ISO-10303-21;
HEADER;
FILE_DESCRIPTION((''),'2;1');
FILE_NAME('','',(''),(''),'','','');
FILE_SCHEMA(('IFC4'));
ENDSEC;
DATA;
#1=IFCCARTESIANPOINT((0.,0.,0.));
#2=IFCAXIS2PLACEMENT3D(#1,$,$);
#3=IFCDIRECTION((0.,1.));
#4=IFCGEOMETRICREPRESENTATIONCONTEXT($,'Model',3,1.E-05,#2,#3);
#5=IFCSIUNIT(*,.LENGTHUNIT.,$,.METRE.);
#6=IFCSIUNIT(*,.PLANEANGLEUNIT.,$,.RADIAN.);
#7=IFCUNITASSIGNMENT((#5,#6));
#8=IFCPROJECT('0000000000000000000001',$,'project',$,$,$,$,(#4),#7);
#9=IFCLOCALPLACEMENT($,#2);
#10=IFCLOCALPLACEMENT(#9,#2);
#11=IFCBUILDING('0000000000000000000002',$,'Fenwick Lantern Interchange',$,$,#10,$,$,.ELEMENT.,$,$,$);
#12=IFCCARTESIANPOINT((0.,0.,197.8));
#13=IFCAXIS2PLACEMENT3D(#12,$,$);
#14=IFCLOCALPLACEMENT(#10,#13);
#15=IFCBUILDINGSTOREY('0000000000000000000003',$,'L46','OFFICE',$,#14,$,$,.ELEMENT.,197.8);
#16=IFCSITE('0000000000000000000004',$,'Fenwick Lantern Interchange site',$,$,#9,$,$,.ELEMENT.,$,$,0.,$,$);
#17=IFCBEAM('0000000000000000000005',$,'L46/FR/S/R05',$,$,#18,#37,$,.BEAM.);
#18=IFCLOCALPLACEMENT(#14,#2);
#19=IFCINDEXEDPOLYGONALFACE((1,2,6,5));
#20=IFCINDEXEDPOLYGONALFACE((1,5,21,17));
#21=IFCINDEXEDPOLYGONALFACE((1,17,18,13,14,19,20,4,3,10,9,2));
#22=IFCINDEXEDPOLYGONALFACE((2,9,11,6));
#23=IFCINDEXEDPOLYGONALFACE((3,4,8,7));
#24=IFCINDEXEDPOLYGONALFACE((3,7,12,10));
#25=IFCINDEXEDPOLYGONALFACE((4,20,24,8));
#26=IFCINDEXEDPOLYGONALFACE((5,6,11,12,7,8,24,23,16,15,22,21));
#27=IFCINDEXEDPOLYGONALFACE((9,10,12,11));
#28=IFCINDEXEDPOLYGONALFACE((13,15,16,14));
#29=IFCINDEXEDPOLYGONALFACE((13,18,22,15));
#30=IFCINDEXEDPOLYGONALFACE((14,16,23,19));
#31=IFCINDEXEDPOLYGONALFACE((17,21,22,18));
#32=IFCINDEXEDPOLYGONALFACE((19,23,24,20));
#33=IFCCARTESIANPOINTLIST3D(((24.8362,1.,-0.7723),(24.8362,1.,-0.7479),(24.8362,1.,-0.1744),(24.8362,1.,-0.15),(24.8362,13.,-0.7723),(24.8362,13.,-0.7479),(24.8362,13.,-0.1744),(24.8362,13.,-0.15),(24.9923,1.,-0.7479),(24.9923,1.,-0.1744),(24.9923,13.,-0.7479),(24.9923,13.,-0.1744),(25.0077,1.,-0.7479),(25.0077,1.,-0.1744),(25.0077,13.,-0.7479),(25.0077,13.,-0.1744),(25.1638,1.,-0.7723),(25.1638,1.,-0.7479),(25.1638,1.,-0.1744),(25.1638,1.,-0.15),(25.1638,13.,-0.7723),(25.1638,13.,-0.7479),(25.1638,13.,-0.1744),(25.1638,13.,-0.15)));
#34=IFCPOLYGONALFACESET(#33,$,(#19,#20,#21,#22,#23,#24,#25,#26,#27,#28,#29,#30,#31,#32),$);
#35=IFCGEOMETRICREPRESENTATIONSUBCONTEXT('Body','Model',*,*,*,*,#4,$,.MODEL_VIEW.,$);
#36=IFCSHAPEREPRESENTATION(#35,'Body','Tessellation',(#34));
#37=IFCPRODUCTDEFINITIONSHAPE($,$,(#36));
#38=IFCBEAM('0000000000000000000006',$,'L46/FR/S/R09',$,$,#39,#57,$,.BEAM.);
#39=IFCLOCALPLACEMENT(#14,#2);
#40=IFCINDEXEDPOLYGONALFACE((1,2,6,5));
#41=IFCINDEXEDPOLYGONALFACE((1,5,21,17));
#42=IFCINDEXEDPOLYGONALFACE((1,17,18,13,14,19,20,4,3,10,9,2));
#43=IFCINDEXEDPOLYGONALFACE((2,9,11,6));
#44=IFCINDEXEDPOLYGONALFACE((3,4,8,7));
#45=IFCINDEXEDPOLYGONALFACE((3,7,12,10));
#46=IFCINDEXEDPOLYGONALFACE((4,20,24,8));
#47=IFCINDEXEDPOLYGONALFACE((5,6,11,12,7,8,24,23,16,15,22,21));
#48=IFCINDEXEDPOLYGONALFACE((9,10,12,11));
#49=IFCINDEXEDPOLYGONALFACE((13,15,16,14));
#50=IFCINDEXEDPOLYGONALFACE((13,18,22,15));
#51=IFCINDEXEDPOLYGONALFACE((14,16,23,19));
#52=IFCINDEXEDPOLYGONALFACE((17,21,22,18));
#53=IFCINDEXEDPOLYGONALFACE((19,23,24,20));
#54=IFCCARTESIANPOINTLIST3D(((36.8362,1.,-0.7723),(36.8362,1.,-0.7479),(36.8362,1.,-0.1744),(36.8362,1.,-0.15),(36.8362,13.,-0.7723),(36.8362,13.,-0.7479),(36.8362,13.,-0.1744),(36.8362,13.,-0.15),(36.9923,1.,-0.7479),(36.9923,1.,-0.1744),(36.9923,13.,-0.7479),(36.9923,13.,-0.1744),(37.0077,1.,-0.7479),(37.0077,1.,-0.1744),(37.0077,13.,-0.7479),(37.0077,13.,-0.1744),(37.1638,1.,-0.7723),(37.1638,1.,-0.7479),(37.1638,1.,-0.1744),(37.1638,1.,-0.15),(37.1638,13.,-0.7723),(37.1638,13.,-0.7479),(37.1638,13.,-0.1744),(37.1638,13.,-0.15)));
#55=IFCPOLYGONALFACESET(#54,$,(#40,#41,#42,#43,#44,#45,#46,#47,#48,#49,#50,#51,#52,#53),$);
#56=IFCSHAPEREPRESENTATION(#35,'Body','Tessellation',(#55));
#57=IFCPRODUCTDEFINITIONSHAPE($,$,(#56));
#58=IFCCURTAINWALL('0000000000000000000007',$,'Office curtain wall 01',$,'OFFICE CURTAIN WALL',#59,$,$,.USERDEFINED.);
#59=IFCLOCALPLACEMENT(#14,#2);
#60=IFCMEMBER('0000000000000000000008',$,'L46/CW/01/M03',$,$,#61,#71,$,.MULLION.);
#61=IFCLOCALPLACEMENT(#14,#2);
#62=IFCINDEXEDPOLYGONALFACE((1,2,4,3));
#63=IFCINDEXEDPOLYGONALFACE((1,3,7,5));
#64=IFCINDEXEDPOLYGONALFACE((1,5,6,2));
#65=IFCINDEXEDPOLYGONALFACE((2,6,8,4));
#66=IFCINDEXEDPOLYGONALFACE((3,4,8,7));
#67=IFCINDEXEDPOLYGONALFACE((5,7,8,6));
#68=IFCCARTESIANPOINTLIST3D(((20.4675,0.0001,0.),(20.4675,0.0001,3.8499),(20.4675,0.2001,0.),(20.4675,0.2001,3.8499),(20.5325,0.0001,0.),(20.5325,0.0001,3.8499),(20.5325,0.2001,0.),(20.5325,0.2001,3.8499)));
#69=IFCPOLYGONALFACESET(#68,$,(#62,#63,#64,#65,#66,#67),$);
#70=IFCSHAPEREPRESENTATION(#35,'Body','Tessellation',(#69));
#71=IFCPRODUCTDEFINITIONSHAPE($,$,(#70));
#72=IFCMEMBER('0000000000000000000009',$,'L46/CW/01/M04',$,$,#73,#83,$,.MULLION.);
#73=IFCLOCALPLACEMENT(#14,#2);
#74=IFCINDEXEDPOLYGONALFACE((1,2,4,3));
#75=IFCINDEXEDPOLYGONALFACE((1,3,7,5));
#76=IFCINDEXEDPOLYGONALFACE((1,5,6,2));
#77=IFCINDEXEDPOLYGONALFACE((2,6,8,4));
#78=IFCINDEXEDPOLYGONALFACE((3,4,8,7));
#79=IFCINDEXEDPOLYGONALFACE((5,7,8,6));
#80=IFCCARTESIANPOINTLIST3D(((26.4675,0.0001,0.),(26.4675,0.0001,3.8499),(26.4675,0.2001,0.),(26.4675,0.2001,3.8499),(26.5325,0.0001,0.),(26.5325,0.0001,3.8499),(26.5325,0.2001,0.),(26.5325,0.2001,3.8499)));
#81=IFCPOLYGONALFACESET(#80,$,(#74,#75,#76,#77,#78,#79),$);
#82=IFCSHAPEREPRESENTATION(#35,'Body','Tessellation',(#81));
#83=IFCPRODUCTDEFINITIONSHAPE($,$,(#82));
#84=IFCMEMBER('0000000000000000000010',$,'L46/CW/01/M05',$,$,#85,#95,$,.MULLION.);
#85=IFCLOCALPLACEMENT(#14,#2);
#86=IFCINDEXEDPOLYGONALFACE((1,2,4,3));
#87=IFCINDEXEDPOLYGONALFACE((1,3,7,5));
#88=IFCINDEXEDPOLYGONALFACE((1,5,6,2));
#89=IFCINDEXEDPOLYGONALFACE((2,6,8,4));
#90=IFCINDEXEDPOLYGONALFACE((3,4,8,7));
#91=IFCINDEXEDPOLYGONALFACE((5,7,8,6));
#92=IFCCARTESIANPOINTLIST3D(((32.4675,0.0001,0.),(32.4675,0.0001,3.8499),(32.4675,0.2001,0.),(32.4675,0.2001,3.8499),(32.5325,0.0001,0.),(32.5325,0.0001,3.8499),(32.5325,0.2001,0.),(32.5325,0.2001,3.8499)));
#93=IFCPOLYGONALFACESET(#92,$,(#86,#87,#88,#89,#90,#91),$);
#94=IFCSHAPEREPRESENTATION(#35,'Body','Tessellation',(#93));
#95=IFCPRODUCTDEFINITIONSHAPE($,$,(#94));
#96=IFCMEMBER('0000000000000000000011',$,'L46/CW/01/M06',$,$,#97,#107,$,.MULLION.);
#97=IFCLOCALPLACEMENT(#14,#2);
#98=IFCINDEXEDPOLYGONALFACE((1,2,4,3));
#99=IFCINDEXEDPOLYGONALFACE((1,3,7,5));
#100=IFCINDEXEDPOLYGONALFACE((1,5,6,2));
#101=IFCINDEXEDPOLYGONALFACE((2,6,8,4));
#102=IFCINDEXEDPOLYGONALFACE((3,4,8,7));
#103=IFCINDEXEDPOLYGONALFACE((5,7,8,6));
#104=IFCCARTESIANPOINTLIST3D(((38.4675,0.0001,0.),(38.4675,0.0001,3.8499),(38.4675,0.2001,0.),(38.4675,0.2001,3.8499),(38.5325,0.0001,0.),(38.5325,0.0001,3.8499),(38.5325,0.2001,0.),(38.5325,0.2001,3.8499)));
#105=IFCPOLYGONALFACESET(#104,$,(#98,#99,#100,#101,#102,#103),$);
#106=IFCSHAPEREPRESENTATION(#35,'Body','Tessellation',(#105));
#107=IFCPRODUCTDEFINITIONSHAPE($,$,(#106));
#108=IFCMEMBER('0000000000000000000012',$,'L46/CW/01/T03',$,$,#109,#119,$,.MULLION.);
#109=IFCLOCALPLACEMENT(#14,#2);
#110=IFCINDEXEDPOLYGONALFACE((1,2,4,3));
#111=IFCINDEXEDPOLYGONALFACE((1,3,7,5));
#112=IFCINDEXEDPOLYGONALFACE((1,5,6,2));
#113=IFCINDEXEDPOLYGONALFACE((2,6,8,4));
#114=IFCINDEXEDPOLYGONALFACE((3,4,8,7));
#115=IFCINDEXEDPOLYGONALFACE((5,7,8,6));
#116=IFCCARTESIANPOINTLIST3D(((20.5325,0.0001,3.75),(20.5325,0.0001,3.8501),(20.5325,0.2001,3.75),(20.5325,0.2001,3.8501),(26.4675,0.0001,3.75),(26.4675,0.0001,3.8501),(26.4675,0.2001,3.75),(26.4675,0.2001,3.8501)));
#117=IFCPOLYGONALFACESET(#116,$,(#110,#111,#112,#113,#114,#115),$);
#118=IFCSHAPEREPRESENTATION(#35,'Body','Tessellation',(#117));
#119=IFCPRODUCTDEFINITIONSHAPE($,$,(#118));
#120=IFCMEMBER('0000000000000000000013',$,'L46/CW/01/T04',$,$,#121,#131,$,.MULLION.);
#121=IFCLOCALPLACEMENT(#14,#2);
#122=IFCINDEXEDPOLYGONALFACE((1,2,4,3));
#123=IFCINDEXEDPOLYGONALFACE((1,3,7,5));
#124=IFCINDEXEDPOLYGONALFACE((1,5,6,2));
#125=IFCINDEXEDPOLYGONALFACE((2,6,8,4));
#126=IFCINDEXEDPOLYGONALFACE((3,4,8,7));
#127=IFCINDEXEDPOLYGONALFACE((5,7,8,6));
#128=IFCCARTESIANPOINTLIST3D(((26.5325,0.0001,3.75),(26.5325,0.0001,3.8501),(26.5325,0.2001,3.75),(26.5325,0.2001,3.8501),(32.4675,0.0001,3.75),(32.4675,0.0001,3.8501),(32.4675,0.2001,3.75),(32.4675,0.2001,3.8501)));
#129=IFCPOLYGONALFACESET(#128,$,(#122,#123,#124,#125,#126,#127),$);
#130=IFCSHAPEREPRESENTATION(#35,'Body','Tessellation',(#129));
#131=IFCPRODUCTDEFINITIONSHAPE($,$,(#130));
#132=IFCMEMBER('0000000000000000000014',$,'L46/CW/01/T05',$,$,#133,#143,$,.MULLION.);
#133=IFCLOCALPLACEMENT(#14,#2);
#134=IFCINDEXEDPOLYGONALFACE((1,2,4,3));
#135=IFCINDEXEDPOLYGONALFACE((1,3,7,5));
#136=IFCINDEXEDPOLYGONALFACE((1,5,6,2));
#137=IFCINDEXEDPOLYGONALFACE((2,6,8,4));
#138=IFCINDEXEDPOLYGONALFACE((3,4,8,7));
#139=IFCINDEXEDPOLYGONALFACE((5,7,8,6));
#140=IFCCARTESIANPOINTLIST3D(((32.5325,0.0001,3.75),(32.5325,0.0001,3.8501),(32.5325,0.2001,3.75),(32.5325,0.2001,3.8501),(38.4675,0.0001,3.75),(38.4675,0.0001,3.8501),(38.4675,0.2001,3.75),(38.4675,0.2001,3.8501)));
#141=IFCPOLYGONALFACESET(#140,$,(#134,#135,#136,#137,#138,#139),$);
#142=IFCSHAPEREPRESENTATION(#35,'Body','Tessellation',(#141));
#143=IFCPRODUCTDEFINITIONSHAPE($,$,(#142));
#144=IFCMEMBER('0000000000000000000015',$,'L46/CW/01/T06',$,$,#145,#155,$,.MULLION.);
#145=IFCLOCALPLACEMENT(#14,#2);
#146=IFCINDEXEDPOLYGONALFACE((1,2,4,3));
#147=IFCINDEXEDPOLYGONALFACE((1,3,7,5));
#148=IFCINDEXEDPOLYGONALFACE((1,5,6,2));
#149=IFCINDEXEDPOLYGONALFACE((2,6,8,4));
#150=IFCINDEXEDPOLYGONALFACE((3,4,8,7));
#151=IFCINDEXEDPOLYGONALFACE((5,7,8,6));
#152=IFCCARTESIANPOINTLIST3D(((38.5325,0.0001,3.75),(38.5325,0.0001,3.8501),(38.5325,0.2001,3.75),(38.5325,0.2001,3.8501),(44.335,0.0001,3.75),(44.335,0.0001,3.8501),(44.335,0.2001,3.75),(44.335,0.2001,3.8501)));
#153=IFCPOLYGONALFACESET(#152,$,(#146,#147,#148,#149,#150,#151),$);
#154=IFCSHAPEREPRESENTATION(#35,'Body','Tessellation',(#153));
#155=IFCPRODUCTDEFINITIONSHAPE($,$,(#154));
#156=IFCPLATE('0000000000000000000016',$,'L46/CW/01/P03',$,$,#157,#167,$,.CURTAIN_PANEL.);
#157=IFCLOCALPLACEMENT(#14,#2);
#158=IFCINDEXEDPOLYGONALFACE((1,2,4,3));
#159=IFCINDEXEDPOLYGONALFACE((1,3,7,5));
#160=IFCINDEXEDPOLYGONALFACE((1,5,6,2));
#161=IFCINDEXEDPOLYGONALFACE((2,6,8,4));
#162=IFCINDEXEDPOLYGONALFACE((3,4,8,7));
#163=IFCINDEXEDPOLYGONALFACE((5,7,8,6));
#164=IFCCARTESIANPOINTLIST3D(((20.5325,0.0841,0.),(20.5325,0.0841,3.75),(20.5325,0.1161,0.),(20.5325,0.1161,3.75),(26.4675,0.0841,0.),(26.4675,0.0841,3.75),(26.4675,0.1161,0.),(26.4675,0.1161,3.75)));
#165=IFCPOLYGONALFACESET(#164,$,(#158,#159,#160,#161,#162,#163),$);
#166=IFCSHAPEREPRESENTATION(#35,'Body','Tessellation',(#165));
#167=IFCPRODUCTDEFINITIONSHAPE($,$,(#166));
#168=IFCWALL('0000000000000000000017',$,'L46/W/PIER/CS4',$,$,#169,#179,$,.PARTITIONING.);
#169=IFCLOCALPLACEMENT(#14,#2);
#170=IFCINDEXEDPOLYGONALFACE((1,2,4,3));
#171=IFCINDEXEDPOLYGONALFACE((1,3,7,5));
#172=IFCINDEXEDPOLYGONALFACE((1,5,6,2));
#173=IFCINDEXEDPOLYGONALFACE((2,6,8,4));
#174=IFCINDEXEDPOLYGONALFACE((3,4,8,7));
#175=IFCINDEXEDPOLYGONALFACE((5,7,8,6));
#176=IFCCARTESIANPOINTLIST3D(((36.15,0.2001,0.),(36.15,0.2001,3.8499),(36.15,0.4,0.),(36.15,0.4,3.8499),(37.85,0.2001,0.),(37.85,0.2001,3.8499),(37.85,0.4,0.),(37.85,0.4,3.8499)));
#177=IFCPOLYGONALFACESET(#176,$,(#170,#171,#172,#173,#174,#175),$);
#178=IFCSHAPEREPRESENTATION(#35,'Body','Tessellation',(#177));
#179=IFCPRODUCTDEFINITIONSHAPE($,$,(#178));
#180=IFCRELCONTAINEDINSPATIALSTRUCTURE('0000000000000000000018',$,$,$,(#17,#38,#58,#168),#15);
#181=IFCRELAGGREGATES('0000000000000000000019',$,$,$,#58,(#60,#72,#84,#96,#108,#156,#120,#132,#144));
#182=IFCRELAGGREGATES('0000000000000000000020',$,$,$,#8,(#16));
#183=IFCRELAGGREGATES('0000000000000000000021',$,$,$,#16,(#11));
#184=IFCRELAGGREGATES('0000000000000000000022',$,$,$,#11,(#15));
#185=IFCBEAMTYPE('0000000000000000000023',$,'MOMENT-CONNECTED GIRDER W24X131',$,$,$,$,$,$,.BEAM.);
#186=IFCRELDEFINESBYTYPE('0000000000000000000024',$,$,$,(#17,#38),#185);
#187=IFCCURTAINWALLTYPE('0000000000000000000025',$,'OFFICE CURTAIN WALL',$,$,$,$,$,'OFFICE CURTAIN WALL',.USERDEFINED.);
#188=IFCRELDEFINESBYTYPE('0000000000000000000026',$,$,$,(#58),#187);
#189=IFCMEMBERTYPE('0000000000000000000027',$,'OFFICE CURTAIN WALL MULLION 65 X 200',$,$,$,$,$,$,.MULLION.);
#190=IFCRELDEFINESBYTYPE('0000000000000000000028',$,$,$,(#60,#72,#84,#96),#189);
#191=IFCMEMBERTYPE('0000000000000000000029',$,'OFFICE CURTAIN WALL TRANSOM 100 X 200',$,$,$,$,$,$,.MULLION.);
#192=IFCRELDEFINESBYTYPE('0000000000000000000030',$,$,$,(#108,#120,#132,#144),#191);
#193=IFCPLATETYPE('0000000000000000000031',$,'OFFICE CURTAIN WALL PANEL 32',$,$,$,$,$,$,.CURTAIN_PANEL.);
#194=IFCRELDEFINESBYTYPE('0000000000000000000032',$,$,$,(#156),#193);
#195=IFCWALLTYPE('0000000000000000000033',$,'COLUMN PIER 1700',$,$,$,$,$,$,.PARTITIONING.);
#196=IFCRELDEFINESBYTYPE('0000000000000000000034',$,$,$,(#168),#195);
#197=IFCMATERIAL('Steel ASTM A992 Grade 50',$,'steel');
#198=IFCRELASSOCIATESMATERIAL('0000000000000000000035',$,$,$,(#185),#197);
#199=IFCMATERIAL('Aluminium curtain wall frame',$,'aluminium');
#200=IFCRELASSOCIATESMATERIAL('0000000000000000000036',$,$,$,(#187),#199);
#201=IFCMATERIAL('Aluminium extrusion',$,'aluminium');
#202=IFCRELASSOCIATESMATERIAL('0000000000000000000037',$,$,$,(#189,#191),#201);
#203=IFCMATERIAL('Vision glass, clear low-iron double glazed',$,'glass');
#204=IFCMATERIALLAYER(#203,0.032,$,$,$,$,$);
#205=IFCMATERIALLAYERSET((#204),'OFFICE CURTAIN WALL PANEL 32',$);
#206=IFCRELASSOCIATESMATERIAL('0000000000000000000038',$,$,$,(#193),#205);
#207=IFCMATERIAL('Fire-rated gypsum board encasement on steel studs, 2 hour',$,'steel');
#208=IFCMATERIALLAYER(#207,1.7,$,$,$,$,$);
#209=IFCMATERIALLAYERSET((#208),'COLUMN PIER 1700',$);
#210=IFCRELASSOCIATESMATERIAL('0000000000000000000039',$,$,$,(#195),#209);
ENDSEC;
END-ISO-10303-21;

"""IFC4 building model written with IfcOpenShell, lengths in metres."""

from ifc_helpers import new_model, si_unit, direction, frame, frame_2d, origin, origin_2d, place, context, subcontext, project, spatial, rectangle, i_section, extrude, material, layer, layer_set, material_profile, profile_set, type_object, element, aggregate, save


model = new_model("IFC4")

# Units and contexts
model_context = context("Model", 3, precision=1e-05, world=origin(), true_north=direction((0.0, 1.0)))
body_context = subcontext(model_context, "Body", "Model", "MODEL_VIEW")
ifc_project = project(units=[si_unit("LENGTHUNIT", "METRE"), si_unit("PLANEANGLEUNIT", "RADIAN")], contexts=[model_context])

# Site, building, storey
site_placement = place(None, origin())
site = spatial("IfcSite", under=ifc_project, at=site_placement, Name="Fenwick Lantern Interchange site", CompositionType="ELEMENT", RefElevation=0.0)
building_placement = place(site_placement, origin())
building = spatial("IfcBuilding", under=site, at=building_placement, Name="Fenwick Lantern Interchange", CompositionType="ELEMENT")
storey_placement = place(building_placement, frame((0.0, 0.0, 197.8)))
storey = spatial("IfcBuildingStorey", under=building, at=storey_placement, Name="L46", Description="OFFICE", CompositionType="ELEMENT", Elevation=197.8)

# Beams
ifc_material_1 = material(Name="Steel ASTM A992 Grade 50", Category="steel")
ifc_material_profile_1 = material_profile(ifc_material_1, i_section(OverallWidth=0.3276, OverallDepth=0.6223, WebThickness=0.0154, FlangeThickness=0.0244, at=origin_2d()), Name="W24X131")
ifc_profile_set_1 = profile_set([ifc_material_profile_1], Name="Steel ASTM A992 Grade 50")
beam_type_1 = type_object("IfcBeamType", Name="MOMENT-CONNECTED GIRDER W24X131", PredefinedType="BEAM", material=ifc_profile_set_1)
for number, where, z_axis, x_axis, name in (
    (1, (25.0, 1.0, -0.4612), (0.0, 1.0, 0.0), (-1.0, 0.0, 0.0), "L46/FR/S/R05"),
    (2, (37.0, 1.0, -0.4612), (0.0, 1.0, 0.0), (-1.0, 0.0, 0.0), "L46/FR/S/R09"),
):
    element("IfcBeam", number, at=place(storey_placement, frame(where, z_axis=z_axis, x_axis=x_axis)), inside=storey, type_object=beam_type_1, Name=name, PredefinedType="BEAM", context=body_context, shape_type="SweptSolid", body=[
        extrude(i_section(OverallWidth=0.3276, OverallDepth=0.6223, WebThickness=0.0154, FlangeThickness=0.0244, at=origin_2d()), origin(), (0.0, 0.0, 1.0), 12.0),
    ])

# Curtain wall, members, plate
ifc_material_2 = material(Name="Aluminium curtain wall frame", Category="aluminium")
curtain_wall_type = type_object("IfcCurtainWallType", Name="OFFICE CURTAIN WALL", ElementType="OFFICE CURTAIN WALL", PredefinedType="USERDEFINED", material=ifc_material_2)
curtain_wall_placement = place(storey_placement, origin())
curtain_wall = element("IfcCurtainWall", 3, at=curtain_wall_placement, inside=storey, type_object=curtain_wall_type, Name="Office curtain wall 01", ObjectType="OFFICE CURTAIN WALL", PredefinedType="USERDEFINED")
ifc_material_3 = material(Name="Aluminium extrusion", Category="aluminium")
ifc_material_profile_2 = material_profile(ifc_material_3, rectangle(XDim=0.2, YDim=0.0649, at=origin_2d()), Name="OFFICE CURTAIN WALL MULLION 65 X 200")
ifc_profile_set_2 = profile_set([ifc_material_profile_2], Name="Aluminium extrusion")
member_type_1 = type_object("IfcMemberType", Name="OFFICE CURTAIN WALL MULLION 65 X 200", PredefinedType="MULLION", material=ifc_profile_set_2)
member_1_placement = place(storey_placement, frame((20.5, 0.1001, 0.0), z_axis=(0.0, 0.0, 1.0), x_axis=(0.0, 1.0, 0.0)))
member_1 = element("IfcMember", 4, at=member_1_placement, type_object=member_type_1, Name="L46/CW/01/M03", PredefinedType="MULLION", context=body_context, shape_type="SweptSolid", body=[
    extrude(rectangle(XDim=0.2, YDim=0.0649, at=origin_2d()), origin(), (0.0, 0.0, 1.0), 3.8499),
])
member_2_placement = place(storey_placement, frame((26.5, 0.1001, 0.0), z_axis=(0.0, 0.0, 1.0), x_axis=(0.0, 1.0, 0.0)))
member_2 = element("IfcMember", 5, at=member_2_placement, type_object=member_type_1, Name="L46/CW/01/M04", PredefinedType="MULLION", context=body_context, shape_type="SweptSolid", body=[
    extrude(rectangle(XDim=0.2, YDim=0.0649, at=origin_2d()), origin(), (0.0, 0.0, 1.0), 3.8499),
])
member_3_placement = place(storey_placement, frame((32.5, 0.1001, 0.0), z_axis=(0.0, 0.0, 1.0), x_axis=(0.0, 1.0, 0.0)))
member_3 = element("IfcMember", 6, at=member_3_placement, type_object=member_type_1, Name="L46/CW/01/M05", PredefinedType="MULLION", context=body_context, shape_type="SweptSolid", body=[
    extrude(rectangle(XDim=0.2, YDim=0.0649, at=origin_2d()), origin(), (0.0, 0.0, 1.0), 3.8499),
])
member_4_placement = place(storey_placement, frame((38.5, 0.1001, 0.0), z_axis=(0.0, 0.0, 1.0), x_axis=(0.0, 1.0, 0.0)))
member_4 = element("IfcMember", 7, at=member_4_placement, type_object=member_type_1, Name="L46/CW/01/M06", PredefinedType="MULLION", context=body_context, shape_type="SweptSolid", body=[
    extrude(rectangle(XDim=0.2, YDim=0.0649, at=origin_2d()), origin(), (0.0, 0.0, 1.0), 3.8499),
])
ifc_material_profile_3 = material_profile(ifc_material_3, rectangle(XDim=0.2, YDim=0.1001, at=origin_2d()), Name="OFFICE CURTAIN WALL TRANSOM 100 X 200")
ifc_profile_set_3 = profile_set([ifc_material_profile_3], Name="Aluminium extrusion")
member_type_2 = type_object("IfcMemberType", Name="OFFICE CURTAIN WALL TRANSOM 100 X 200", PredefinedType="MULLION", material=ifc_profile_set_3)
member_5_placement = place(storey_placement, frame((20.5325, 0.1001, 3.8), z_axis=(1.0, 0.0, 0.0), x_axis=(0.0, 1.0, 0.0)))
member_5 = element("IfcMember", 8, at=member_5_placement, type_object=member_type_2, Name="L46/CW/01/T03", PredefinedType="MULLION", context=body_context, shape_type="SweptSolid", body=[
    extrude(rectangle(XDim=0.2, YDim=0.1001, at=origin_2d()), origin(), (0.0, 0.0, 1.0), 5.9351),
])
member_6_placement = place(storey_placement, frame((26.5325, 0.1001, 3.8), z_axis=(1.0, 0.0, 0.0), x_axis=(0.0, 1.0, 0.0)))
member_6 = element("IfcMember", 9, at=member_6_placement, type_object=member_type_2, Name="L46/CW/01/T04", PredefinedType="MULLION", context=body_context, shape_type="SweptSolid", body=[
    extrude(rectangle(XDim=0.2, YDim=0.1001, at=origin_2d()), origin(), (0.0, 0.0, 1.0), 5.9351),
])
member_7_placement = place(storey_placement, frame((32.5325, 0.1001, 3.8), z_axis=(1.0, 0.0, 0.0), x_axis=(0.0, 1.0, 0.0)))
member_7 = element("IfcMember", 10, at=member_7_placement, type_object=member_type_2, Name="L46/CW/01/T05", PredefinedType="MULLION", context=body_context, shape_type="SweptSolid", body=[
    extrude(rectangle(XDim=0.2, YDim=0.1001, at=origin_2d()), origin(), (0.0, 0.0, 1.0), 5.9351),
])
member_8_placement = place(storey_placement, frame((38.5325, 0.1001, 3.8), z_axis=(1.0, 0.0, 0.0), x_axis=(0.0, 1.0, 0.0)))
member_8 = element("IfcMember", 11, at=member_8_placement, type_object=member_type_2, Name="L46/CW/01/T06", PredefinedType="MULLION", context=body_context, shape_type="SweptSolid", body=[
    extrude(rectangle(XDim=0.2, YDim=0.1001, at=origin_2d()), origin(), (0.0, 0.0, 1.0), 5.8025),
])
ifc_material_4 = material(Name="Vision glass, clear low-iron double glazed", Category="glass")
ifc_layer_1 = layer(ifc_material_4, 0.032)
ifc_layer_set_1 = layer_set([ifc_layer_1], Name="OFFICE CURTAIN WALL PANEL 32")
plate_type = type_object("IfcPlateType", Name="OFFICE CURTAIN WALL PANEL 32", PredefinedType="CURTAIN_PANEL", material=ifc_layer_set_1)
plate_placement = place(storey_placement, frame((23.5, 0.1001, 0.0), z_axis=(0.0, 0.0, 1.0), x_axis=(1.0, 0.0, 0.0)))
plate = element("IfcPlate", 12, at=plate_placement, type_object=plate_type, Name="L46/CW/01/P03", PredefinedType="CURTAIN_PANEL", context=body_context, shape_type="SweptSolid", body=[
    extrude(rectangle(XDim=5.9351, YDim=0.032, at=origin_2d()), origin(), (0.0, 0.0, 1.0), 3.75),
])
aggregate(curtain_wall, [member_1, member_2, member_3, member_4, member_5, plate, member_6, member_7, member_8])

# Wall
ifc_material_5 = material(Name="Fire-rated gypsum board encasement on steel studs, 2 hour", Category="steel")
ifc_layer_2 = layer(ifc_material_5, 1.7)
ifc_layer_set_2 = layer_set([ifc_layer_2], Name="COLUMN PIER 1700")
wall_type_1 = type_object("IfcWallType", Name="COLUMN PIER 1700", PredefinedType="PARTITIONING", material=ifc_layer_set_2)
wall_1_placement = place(storey_placement, frame((37.0, 0.2, 0.0), z_axis=(0.0, 0.0, 1.0), x_axis=(0.0, 1.0, 0.0)))
element("IfcWall", 13, at=wall_1_placement, inside=storey, type_object=wall_type_1, Name="L46/W/PIER/CS4", PredefinedType="PARTITIONING", context=body_context, shape_type="SweptSolid", body=[
    extrude(rectangle(XDim=0.2, YDim=1.7, at=frame_2d((0.1001, 0.0))), origin(), (0.0, 0.0, 1.0), 3.8499),
])

save(model, "model.ifc")
